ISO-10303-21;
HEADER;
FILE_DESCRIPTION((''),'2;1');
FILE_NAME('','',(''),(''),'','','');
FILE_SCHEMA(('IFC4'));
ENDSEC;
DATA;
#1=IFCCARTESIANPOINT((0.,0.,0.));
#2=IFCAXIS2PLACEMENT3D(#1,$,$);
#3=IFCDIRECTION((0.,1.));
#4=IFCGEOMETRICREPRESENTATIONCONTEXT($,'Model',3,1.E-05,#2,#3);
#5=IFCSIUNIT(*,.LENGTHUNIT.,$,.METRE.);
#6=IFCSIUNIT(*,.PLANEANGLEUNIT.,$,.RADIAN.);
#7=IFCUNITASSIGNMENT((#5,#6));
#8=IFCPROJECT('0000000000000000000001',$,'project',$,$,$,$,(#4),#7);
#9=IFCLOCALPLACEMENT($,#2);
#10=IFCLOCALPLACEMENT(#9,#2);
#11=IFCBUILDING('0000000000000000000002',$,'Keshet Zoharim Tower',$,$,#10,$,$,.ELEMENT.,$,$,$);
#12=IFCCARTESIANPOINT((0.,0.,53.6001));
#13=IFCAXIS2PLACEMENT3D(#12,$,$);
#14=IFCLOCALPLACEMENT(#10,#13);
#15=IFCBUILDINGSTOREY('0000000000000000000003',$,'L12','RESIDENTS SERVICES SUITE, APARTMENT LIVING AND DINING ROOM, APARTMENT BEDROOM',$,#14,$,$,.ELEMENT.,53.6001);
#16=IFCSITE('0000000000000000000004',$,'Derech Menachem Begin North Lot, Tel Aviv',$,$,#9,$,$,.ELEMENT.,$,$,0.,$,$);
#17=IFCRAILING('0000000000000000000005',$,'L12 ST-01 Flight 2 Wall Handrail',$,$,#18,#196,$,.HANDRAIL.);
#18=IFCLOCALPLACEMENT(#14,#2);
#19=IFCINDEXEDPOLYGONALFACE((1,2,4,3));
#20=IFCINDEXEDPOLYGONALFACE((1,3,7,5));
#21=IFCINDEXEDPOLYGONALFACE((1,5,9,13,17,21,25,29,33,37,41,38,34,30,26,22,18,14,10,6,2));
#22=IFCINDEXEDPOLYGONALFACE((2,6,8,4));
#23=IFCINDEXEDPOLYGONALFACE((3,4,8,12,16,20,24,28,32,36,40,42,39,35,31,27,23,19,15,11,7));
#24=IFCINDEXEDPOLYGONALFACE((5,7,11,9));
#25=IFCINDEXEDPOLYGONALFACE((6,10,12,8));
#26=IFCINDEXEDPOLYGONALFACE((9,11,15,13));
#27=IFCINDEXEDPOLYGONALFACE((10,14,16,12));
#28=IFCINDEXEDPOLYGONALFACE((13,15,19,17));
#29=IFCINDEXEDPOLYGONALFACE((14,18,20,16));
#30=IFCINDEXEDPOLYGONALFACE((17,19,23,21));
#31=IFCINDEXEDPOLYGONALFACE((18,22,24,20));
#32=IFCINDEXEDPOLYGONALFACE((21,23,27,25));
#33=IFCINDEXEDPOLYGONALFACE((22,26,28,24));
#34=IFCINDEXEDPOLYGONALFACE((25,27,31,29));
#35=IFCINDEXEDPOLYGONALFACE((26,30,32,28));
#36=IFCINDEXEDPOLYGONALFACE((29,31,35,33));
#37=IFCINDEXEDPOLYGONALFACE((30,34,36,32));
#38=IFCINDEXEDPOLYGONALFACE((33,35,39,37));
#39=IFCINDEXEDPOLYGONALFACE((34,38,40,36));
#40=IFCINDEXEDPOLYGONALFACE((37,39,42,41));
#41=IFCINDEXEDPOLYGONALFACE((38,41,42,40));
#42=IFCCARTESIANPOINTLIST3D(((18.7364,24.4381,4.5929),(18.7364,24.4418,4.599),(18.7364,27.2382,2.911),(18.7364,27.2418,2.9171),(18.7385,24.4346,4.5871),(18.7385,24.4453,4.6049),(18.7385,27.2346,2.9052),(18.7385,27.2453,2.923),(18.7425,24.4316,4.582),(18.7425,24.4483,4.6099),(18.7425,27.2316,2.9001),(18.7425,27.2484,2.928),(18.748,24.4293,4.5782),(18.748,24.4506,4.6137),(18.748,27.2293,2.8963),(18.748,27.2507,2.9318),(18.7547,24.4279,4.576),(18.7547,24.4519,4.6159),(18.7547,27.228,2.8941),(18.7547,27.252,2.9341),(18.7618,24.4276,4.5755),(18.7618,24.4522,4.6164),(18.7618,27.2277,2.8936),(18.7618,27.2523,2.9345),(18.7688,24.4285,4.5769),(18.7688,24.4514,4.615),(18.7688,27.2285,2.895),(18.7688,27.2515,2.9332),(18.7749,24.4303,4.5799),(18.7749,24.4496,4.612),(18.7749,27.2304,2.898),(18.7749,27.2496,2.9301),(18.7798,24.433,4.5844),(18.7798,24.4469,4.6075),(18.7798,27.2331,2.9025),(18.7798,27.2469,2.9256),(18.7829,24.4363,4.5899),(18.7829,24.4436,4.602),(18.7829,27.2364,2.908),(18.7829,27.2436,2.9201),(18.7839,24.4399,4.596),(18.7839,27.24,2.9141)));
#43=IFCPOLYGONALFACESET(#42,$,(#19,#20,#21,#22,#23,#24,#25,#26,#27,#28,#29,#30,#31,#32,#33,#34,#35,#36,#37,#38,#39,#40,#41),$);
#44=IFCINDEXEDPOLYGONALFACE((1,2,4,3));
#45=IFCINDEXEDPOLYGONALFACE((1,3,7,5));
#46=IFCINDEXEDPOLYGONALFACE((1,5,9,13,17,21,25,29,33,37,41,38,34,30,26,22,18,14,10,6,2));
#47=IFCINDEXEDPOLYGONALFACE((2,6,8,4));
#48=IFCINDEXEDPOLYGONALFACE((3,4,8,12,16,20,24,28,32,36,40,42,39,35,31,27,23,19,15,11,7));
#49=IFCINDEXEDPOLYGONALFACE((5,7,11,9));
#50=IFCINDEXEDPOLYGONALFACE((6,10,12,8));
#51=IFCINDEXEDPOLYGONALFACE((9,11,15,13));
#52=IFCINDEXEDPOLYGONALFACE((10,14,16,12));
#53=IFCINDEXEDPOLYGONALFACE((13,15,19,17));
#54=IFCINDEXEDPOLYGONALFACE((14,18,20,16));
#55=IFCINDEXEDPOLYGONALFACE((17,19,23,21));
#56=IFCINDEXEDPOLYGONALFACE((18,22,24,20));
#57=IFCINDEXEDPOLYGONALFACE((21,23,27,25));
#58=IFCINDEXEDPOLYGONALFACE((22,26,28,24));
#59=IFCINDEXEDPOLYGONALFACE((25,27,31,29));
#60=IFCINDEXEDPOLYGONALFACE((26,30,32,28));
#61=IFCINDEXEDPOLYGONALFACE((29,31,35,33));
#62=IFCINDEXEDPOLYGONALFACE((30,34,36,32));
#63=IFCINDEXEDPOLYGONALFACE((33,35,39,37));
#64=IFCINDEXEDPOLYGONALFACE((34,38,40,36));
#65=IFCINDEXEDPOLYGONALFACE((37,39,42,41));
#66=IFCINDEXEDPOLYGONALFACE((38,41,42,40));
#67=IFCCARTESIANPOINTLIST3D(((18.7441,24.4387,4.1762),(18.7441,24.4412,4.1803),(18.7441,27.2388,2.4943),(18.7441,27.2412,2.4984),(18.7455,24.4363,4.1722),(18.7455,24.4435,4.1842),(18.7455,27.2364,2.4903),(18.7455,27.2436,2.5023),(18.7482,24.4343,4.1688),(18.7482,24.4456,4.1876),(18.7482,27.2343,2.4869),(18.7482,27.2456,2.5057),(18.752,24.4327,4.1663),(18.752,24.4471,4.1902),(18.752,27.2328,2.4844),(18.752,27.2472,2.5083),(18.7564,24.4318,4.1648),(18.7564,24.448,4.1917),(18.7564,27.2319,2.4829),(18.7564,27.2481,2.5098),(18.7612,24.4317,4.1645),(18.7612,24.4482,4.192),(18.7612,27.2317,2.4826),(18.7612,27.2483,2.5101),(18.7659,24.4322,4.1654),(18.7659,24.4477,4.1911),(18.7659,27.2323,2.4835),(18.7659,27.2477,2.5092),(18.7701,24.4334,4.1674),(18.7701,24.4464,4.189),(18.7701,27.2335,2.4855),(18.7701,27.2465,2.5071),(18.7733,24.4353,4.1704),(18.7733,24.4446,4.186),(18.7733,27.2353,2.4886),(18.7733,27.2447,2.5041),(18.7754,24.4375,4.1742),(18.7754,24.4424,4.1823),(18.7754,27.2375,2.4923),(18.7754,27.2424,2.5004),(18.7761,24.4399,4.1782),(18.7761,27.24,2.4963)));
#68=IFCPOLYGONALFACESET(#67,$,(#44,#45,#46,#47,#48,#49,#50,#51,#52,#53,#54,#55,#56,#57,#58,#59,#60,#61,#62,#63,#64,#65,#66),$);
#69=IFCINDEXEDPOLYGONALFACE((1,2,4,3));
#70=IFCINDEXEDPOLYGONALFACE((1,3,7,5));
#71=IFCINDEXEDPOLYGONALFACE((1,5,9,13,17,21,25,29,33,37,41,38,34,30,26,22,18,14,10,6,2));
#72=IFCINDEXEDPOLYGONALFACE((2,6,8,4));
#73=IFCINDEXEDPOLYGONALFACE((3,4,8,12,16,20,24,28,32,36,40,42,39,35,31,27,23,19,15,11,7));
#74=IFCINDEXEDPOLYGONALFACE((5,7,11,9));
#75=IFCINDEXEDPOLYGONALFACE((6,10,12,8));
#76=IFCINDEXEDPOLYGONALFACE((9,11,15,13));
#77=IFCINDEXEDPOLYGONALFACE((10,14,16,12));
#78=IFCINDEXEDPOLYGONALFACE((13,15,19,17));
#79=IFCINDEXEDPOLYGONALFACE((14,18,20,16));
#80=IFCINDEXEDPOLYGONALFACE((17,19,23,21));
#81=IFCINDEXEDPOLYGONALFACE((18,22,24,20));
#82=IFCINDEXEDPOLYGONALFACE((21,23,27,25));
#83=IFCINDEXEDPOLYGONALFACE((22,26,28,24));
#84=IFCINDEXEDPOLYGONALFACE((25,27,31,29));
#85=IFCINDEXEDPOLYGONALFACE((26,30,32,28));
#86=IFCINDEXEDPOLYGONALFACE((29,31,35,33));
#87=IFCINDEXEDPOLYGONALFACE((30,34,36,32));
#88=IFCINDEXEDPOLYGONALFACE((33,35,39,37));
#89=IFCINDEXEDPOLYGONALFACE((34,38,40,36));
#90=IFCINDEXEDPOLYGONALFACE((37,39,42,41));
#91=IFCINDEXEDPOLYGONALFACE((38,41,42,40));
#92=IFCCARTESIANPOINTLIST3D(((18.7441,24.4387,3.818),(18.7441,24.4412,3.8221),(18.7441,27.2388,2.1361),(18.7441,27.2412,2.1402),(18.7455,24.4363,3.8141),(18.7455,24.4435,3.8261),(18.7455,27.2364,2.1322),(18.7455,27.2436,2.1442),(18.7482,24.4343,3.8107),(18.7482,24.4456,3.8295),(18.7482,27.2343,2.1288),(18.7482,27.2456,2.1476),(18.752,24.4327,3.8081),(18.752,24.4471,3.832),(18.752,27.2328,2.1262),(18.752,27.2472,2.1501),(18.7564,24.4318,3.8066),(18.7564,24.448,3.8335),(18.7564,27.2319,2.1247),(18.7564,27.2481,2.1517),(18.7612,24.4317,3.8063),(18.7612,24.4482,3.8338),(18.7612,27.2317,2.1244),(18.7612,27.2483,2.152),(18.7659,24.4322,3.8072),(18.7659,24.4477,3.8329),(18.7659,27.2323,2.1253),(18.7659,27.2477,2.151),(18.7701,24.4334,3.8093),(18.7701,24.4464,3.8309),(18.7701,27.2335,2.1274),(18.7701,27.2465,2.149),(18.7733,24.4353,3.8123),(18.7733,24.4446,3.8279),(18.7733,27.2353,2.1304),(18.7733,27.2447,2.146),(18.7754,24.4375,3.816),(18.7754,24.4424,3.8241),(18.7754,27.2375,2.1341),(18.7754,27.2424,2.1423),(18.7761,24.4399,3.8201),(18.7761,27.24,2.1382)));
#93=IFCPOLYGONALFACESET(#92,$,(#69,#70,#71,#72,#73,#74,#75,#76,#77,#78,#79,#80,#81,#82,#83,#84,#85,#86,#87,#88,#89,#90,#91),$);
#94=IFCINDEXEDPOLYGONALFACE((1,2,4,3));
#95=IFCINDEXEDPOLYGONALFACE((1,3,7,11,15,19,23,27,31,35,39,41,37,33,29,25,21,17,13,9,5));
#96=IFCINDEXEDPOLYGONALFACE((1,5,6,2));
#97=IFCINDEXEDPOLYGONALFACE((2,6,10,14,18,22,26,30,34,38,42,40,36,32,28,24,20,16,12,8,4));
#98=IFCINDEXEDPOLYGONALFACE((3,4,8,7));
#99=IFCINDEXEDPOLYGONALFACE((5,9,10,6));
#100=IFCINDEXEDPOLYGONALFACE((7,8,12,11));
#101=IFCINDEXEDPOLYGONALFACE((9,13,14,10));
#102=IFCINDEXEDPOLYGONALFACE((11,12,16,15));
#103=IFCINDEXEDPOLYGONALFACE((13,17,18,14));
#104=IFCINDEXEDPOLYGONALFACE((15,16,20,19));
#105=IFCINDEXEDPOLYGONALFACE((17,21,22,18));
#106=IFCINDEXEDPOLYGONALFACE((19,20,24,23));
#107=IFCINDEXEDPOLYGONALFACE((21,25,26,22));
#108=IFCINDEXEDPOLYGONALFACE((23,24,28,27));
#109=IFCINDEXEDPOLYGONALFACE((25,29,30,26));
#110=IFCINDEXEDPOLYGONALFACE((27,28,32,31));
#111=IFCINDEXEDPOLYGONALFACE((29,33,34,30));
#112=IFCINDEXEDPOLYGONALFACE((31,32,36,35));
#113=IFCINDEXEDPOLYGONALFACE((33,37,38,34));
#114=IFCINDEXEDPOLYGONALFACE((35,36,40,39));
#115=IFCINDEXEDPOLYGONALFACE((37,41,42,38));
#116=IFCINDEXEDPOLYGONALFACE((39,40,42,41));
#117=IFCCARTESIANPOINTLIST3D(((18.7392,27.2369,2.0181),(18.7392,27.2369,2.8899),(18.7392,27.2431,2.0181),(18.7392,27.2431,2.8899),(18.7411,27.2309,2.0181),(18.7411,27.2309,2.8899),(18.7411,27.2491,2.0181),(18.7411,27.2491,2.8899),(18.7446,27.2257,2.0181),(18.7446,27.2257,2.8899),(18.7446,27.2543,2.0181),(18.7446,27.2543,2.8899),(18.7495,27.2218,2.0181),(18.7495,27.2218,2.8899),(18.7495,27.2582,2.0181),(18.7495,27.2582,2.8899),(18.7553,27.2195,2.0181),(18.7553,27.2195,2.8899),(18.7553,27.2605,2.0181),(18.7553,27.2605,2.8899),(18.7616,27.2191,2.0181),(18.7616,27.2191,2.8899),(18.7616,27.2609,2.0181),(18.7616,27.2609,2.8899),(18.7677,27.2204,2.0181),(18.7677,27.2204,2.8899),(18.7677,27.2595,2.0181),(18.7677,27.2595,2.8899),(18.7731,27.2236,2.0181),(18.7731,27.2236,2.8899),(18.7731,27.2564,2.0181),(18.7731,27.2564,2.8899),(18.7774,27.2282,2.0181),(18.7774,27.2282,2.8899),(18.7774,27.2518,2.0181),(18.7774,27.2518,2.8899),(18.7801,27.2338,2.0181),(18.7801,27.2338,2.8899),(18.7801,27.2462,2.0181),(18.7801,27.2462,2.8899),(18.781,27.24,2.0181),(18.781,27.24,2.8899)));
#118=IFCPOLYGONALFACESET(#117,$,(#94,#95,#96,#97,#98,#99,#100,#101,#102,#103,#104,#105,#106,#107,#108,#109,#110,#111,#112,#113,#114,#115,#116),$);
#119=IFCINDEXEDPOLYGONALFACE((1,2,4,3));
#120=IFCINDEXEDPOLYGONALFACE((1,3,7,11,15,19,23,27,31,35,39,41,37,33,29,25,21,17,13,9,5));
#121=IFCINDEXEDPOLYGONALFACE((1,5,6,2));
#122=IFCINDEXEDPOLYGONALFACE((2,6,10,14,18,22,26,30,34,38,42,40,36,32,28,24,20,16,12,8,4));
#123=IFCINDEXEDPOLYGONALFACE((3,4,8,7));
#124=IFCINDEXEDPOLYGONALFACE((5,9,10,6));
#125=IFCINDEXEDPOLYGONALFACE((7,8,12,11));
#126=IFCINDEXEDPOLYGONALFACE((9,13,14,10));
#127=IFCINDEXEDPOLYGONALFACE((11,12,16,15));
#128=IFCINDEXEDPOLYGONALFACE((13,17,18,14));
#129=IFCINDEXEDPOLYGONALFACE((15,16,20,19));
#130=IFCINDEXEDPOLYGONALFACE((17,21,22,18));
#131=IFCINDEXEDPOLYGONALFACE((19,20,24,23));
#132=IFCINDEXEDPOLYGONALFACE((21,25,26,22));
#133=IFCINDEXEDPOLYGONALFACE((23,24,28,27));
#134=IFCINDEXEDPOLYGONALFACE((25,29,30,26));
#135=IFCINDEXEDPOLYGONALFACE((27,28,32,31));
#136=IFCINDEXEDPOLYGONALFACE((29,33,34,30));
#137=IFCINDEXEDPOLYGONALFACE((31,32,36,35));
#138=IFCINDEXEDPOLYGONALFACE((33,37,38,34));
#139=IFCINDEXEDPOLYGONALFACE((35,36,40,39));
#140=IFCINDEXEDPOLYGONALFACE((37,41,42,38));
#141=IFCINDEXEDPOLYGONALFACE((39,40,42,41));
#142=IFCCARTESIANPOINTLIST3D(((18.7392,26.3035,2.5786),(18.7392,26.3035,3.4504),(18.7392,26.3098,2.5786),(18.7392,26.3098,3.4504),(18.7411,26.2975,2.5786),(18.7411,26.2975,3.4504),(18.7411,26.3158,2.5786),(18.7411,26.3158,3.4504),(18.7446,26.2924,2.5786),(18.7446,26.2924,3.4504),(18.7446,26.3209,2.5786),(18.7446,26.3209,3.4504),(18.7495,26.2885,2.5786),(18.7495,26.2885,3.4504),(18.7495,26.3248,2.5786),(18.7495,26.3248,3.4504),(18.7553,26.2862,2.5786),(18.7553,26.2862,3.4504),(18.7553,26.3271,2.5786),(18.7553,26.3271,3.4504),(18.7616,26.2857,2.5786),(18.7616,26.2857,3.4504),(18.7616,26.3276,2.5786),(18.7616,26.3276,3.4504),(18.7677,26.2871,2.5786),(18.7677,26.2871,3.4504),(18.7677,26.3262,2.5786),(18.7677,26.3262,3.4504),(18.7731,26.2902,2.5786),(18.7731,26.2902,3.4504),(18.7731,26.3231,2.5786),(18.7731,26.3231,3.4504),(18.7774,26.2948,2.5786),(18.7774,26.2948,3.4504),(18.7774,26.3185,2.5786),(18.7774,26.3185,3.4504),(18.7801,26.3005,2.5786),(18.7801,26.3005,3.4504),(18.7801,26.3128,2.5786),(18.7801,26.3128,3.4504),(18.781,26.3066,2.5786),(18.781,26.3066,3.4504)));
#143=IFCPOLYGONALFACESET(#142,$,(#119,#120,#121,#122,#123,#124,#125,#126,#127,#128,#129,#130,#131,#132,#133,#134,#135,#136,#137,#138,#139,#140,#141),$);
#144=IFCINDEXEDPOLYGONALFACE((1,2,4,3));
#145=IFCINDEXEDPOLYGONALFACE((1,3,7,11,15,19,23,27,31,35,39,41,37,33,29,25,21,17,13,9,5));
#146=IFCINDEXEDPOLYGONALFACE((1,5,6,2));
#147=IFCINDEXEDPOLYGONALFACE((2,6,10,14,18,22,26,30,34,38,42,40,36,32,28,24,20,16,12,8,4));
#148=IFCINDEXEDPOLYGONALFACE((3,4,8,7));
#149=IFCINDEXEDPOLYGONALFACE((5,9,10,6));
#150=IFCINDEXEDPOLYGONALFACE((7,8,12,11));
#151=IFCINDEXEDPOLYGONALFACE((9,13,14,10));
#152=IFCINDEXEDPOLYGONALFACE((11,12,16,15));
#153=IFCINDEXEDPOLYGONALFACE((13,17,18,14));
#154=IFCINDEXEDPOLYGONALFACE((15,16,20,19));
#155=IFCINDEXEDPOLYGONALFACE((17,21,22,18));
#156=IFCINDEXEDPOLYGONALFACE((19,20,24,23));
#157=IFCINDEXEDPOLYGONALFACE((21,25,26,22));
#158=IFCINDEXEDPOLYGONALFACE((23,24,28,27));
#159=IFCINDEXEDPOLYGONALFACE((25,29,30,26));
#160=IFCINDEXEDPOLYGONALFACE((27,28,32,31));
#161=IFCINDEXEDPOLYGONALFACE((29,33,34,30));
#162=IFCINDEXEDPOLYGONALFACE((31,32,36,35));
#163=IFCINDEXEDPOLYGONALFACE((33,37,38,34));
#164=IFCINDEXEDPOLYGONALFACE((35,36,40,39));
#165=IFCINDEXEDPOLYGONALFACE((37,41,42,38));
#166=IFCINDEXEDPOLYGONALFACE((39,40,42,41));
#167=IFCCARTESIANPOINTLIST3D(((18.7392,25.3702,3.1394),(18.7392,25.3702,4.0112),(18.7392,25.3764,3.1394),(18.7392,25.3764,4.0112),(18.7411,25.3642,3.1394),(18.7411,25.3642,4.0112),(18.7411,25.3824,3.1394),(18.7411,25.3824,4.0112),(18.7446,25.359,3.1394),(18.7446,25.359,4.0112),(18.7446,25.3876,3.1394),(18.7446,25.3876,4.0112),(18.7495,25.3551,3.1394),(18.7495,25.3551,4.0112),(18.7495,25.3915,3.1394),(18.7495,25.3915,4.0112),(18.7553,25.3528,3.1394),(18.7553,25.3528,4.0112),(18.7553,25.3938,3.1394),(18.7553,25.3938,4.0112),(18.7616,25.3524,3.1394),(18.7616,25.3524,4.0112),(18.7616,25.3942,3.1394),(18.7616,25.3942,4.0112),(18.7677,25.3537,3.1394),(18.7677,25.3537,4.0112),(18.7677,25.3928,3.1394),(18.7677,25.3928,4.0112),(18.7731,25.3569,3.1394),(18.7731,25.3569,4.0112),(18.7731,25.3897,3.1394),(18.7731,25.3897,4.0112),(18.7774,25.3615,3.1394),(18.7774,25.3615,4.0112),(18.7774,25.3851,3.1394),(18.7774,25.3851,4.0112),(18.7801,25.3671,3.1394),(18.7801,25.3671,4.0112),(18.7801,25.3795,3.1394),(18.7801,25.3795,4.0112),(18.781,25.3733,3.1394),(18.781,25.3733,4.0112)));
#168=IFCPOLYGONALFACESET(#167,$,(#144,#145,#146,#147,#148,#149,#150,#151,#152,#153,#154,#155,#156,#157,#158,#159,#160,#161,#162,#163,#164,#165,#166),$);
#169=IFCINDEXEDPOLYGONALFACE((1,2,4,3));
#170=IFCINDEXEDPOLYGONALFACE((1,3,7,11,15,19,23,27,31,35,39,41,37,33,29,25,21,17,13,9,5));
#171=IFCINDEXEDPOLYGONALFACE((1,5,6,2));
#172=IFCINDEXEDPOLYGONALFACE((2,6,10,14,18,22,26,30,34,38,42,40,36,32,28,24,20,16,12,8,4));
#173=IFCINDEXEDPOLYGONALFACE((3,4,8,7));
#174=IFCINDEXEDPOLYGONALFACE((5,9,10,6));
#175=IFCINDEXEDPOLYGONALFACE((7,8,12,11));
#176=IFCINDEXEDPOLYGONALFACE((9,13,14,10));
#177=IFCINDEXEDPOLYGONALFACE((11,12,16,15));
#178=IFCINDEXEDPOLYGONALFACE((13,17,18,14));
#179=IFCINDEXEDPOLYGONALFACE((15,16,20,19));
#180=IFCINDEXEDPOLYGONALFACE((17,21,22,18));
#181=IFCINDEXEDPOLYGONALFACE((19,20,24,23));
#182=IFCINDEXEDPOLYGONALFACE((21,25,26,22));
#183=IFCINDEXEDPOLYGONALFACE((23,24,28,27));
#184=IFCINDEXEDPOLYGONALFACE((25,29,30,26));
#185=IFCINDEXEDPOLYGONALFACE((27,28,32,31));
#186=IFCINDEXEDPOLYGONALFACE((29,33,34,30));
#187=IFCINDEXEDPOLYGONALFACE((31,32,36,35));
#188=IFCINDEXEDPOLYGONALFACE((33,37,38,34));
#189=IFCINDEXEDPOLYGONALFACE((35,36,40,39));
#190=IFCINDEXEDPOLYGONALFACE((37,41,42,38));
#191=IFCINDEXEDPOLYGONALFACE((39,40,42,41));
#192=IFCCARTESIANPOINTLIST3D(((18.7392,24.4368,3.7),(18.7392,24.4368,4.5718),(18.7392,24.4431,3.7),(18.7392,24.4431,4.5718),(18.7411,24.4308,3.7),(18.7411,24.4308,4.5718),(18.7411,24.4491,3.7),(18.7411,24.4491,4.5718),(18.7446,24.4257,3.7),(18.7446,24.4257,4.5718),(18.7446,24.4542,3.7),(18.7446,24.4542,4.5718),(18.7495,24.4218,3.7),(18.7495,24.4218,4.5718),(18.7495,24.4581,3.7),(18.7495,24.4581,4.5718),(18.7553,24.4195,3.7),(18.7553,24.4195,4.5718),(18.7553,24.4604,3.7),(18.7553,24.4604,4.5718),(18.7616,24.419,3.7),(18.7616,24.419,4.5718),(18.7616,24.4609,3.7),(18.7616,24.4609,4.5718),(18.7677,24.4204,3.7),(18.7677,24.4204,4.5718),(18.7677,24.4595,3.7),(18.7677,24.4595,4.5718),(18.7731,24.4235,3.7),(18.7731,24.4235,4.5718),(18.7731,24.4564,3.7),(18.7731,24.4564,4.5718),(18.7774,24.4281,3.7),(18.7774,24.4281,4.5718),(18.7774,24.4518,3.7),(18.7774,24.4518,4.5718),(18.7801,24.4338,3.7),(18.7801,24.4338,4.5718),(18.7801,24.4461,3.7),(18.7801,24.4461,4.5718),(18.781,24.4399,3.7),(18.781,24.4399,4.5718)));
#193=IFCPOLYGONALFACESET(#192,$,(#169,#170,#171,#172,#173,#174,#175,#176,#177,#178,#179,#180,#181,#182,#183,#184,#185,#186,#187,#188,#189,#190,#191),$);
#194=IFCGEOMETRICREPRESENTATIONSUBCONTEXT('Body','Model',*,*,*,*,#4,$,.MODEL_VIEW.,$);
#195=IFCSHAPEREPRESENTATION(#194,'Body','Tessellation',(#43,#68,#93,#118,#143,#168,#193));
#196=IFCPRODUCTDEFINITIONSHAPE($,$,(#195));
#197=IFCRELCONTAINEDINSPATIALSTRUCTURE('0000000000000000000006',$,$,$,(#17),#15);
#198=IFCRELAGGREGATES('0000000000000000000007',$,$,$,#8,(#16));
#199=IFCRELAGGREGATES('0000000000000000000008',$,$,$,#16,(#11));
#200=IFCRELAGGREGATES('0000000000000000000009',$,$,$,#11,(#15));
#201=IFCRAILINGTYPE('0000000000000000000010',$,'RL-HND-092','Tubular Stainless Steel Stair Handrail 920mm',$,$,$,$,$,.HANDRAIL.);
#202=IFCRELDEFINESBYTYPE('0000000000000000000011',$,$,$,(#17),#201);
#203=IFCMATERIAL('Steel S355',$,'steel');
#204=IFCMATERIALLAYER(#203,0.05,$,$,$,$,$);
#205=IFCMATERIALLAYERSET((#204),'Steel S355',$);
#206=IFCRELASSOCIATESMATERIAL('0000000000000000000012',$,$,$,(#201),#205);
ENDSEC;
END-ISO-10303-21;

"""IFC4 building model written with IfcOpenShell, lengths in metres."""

from ifc_helpers import new_model, si_unit, direction, frame, origin, origin_2d, place, context, subcontext, project, spatial, circle, extrude, material, layer, layer_set, type_object, element, save


model = new_model("IFC4")

# Units and contexts
model_context = context("Model", 3, precision=1e-05, world=origin(), true_north=direction((0.0, 1.0)))
body_context = subcontext(model_context, "Body", "Model", "MODEL_VIEW")
ifc_project = project(units=[si_unit("LENGTHUNIT", "METRE"), si_unit("PLANEANGLEUNIT", "RADIAN")], contexts=[model_context])

# Site, building, storey
site_placement = place(None, origin())
site = spatial("IfcSite", under=ifc_project, at=site_placement, Name="Derech Menachem Begin North Lot, Tel Aviv", CompositionType="ELEMENT", RefElevation=0.0)
building_placement = place(site_placement, origin())
building = spatial("IfcBuilding", under=site, at=building_placement, Name="Keshet Zoharim Tower", CompositionType="ELEMENT")
storey_placement = place(building_placement, frame((0.0, 0.0, 53.6001)))
storey = spatial("IfcBuildingStorey", under=building, at=storey_placement, Name="L12", Description="RESIDENTS SERVICES SUITE, APARTMENT LIVING AND DINING ROOM, APARTMENT BEDROOM", CompositionType="ELEMENT", Elevation=53.6001)

# Railing
ifc_material_1 = material(Name="Steel S355", Category="steel")
ifc_layer_1 = layer(ifc_material_1, 0.05)
ifc_layer_set_1 = layer_set([ifc_layer_1], Name="Steel S355")
railing_type_1 = type_object("IfcRailingType", Name="RL-HND-092", Description="Tubular Stainless Steel Stair Handrail 920mm", PredefinedType="HANDRAIL", material=ifc_layer_set_1)
railing_1_placement = place(storey_placement, frame((18.76, 27.24, 2.0181)))
element("IfcRailing", 1, at=railing_1_placement, inside=storey, type_object=railing_type_1, Name="L12 ST-01 Flight 2 Wall Handrail", PredefinedType="HANDRAIL", context=body_context, shape_type="SweptSolid", body=[
    extrude(circle(Radius=0.0239, at=origin_2d()), frame((0.0, 0.0, 0.896), z_axis=(0.0, -0.857242, 0.514913), x_axis=(1.0, 0.0, 0.0)), (0.0, 0.0, 1.0), 3.2664),
    extrude(circle(Radius=0.0161, at=origin_2d()), frame((0.0, 0.0, 0.4783), z_axis=(0.0, -0.857242, 0.514913), x_axis=(1.0, 0.0, 0.0)), (0.0, 0.0, 1.0), 3.2664),
    extrude(circle(Radius=0.0161, at=origin_2d()), frame((0.0, 0.0, 0.1201), z_axis=(0.0, -0.857242, 0.514913), x_axis=(1.0, 0.0, 0.0)), (0.0, 0.0, 1.0), 3.2664),
    extrude(circle(Radius=0.021, at=origin_2d()), origin(), (0.0, 0.0, 1.0), 0.8718),
    extrude(circle(Radius=0.021, at=origin_2d()), frame((0.0, -0.9333, 0.5605)), (0.0, 0.0, 1.0), 0.8718),
    extrude(circle(Radius=0.021, at=origin_2d()), frame((0.0, -1.8667, 1.1213)), (0.0, 0.0, 1.0), 0.8718),
    extrude(circle(Radius=0.021, at=origin_2d()), frame((0.0, -2.8, 1.6819)), (0.0, 0.0, 1.0), 0.8718),
])

save(model, "model.ifc")
